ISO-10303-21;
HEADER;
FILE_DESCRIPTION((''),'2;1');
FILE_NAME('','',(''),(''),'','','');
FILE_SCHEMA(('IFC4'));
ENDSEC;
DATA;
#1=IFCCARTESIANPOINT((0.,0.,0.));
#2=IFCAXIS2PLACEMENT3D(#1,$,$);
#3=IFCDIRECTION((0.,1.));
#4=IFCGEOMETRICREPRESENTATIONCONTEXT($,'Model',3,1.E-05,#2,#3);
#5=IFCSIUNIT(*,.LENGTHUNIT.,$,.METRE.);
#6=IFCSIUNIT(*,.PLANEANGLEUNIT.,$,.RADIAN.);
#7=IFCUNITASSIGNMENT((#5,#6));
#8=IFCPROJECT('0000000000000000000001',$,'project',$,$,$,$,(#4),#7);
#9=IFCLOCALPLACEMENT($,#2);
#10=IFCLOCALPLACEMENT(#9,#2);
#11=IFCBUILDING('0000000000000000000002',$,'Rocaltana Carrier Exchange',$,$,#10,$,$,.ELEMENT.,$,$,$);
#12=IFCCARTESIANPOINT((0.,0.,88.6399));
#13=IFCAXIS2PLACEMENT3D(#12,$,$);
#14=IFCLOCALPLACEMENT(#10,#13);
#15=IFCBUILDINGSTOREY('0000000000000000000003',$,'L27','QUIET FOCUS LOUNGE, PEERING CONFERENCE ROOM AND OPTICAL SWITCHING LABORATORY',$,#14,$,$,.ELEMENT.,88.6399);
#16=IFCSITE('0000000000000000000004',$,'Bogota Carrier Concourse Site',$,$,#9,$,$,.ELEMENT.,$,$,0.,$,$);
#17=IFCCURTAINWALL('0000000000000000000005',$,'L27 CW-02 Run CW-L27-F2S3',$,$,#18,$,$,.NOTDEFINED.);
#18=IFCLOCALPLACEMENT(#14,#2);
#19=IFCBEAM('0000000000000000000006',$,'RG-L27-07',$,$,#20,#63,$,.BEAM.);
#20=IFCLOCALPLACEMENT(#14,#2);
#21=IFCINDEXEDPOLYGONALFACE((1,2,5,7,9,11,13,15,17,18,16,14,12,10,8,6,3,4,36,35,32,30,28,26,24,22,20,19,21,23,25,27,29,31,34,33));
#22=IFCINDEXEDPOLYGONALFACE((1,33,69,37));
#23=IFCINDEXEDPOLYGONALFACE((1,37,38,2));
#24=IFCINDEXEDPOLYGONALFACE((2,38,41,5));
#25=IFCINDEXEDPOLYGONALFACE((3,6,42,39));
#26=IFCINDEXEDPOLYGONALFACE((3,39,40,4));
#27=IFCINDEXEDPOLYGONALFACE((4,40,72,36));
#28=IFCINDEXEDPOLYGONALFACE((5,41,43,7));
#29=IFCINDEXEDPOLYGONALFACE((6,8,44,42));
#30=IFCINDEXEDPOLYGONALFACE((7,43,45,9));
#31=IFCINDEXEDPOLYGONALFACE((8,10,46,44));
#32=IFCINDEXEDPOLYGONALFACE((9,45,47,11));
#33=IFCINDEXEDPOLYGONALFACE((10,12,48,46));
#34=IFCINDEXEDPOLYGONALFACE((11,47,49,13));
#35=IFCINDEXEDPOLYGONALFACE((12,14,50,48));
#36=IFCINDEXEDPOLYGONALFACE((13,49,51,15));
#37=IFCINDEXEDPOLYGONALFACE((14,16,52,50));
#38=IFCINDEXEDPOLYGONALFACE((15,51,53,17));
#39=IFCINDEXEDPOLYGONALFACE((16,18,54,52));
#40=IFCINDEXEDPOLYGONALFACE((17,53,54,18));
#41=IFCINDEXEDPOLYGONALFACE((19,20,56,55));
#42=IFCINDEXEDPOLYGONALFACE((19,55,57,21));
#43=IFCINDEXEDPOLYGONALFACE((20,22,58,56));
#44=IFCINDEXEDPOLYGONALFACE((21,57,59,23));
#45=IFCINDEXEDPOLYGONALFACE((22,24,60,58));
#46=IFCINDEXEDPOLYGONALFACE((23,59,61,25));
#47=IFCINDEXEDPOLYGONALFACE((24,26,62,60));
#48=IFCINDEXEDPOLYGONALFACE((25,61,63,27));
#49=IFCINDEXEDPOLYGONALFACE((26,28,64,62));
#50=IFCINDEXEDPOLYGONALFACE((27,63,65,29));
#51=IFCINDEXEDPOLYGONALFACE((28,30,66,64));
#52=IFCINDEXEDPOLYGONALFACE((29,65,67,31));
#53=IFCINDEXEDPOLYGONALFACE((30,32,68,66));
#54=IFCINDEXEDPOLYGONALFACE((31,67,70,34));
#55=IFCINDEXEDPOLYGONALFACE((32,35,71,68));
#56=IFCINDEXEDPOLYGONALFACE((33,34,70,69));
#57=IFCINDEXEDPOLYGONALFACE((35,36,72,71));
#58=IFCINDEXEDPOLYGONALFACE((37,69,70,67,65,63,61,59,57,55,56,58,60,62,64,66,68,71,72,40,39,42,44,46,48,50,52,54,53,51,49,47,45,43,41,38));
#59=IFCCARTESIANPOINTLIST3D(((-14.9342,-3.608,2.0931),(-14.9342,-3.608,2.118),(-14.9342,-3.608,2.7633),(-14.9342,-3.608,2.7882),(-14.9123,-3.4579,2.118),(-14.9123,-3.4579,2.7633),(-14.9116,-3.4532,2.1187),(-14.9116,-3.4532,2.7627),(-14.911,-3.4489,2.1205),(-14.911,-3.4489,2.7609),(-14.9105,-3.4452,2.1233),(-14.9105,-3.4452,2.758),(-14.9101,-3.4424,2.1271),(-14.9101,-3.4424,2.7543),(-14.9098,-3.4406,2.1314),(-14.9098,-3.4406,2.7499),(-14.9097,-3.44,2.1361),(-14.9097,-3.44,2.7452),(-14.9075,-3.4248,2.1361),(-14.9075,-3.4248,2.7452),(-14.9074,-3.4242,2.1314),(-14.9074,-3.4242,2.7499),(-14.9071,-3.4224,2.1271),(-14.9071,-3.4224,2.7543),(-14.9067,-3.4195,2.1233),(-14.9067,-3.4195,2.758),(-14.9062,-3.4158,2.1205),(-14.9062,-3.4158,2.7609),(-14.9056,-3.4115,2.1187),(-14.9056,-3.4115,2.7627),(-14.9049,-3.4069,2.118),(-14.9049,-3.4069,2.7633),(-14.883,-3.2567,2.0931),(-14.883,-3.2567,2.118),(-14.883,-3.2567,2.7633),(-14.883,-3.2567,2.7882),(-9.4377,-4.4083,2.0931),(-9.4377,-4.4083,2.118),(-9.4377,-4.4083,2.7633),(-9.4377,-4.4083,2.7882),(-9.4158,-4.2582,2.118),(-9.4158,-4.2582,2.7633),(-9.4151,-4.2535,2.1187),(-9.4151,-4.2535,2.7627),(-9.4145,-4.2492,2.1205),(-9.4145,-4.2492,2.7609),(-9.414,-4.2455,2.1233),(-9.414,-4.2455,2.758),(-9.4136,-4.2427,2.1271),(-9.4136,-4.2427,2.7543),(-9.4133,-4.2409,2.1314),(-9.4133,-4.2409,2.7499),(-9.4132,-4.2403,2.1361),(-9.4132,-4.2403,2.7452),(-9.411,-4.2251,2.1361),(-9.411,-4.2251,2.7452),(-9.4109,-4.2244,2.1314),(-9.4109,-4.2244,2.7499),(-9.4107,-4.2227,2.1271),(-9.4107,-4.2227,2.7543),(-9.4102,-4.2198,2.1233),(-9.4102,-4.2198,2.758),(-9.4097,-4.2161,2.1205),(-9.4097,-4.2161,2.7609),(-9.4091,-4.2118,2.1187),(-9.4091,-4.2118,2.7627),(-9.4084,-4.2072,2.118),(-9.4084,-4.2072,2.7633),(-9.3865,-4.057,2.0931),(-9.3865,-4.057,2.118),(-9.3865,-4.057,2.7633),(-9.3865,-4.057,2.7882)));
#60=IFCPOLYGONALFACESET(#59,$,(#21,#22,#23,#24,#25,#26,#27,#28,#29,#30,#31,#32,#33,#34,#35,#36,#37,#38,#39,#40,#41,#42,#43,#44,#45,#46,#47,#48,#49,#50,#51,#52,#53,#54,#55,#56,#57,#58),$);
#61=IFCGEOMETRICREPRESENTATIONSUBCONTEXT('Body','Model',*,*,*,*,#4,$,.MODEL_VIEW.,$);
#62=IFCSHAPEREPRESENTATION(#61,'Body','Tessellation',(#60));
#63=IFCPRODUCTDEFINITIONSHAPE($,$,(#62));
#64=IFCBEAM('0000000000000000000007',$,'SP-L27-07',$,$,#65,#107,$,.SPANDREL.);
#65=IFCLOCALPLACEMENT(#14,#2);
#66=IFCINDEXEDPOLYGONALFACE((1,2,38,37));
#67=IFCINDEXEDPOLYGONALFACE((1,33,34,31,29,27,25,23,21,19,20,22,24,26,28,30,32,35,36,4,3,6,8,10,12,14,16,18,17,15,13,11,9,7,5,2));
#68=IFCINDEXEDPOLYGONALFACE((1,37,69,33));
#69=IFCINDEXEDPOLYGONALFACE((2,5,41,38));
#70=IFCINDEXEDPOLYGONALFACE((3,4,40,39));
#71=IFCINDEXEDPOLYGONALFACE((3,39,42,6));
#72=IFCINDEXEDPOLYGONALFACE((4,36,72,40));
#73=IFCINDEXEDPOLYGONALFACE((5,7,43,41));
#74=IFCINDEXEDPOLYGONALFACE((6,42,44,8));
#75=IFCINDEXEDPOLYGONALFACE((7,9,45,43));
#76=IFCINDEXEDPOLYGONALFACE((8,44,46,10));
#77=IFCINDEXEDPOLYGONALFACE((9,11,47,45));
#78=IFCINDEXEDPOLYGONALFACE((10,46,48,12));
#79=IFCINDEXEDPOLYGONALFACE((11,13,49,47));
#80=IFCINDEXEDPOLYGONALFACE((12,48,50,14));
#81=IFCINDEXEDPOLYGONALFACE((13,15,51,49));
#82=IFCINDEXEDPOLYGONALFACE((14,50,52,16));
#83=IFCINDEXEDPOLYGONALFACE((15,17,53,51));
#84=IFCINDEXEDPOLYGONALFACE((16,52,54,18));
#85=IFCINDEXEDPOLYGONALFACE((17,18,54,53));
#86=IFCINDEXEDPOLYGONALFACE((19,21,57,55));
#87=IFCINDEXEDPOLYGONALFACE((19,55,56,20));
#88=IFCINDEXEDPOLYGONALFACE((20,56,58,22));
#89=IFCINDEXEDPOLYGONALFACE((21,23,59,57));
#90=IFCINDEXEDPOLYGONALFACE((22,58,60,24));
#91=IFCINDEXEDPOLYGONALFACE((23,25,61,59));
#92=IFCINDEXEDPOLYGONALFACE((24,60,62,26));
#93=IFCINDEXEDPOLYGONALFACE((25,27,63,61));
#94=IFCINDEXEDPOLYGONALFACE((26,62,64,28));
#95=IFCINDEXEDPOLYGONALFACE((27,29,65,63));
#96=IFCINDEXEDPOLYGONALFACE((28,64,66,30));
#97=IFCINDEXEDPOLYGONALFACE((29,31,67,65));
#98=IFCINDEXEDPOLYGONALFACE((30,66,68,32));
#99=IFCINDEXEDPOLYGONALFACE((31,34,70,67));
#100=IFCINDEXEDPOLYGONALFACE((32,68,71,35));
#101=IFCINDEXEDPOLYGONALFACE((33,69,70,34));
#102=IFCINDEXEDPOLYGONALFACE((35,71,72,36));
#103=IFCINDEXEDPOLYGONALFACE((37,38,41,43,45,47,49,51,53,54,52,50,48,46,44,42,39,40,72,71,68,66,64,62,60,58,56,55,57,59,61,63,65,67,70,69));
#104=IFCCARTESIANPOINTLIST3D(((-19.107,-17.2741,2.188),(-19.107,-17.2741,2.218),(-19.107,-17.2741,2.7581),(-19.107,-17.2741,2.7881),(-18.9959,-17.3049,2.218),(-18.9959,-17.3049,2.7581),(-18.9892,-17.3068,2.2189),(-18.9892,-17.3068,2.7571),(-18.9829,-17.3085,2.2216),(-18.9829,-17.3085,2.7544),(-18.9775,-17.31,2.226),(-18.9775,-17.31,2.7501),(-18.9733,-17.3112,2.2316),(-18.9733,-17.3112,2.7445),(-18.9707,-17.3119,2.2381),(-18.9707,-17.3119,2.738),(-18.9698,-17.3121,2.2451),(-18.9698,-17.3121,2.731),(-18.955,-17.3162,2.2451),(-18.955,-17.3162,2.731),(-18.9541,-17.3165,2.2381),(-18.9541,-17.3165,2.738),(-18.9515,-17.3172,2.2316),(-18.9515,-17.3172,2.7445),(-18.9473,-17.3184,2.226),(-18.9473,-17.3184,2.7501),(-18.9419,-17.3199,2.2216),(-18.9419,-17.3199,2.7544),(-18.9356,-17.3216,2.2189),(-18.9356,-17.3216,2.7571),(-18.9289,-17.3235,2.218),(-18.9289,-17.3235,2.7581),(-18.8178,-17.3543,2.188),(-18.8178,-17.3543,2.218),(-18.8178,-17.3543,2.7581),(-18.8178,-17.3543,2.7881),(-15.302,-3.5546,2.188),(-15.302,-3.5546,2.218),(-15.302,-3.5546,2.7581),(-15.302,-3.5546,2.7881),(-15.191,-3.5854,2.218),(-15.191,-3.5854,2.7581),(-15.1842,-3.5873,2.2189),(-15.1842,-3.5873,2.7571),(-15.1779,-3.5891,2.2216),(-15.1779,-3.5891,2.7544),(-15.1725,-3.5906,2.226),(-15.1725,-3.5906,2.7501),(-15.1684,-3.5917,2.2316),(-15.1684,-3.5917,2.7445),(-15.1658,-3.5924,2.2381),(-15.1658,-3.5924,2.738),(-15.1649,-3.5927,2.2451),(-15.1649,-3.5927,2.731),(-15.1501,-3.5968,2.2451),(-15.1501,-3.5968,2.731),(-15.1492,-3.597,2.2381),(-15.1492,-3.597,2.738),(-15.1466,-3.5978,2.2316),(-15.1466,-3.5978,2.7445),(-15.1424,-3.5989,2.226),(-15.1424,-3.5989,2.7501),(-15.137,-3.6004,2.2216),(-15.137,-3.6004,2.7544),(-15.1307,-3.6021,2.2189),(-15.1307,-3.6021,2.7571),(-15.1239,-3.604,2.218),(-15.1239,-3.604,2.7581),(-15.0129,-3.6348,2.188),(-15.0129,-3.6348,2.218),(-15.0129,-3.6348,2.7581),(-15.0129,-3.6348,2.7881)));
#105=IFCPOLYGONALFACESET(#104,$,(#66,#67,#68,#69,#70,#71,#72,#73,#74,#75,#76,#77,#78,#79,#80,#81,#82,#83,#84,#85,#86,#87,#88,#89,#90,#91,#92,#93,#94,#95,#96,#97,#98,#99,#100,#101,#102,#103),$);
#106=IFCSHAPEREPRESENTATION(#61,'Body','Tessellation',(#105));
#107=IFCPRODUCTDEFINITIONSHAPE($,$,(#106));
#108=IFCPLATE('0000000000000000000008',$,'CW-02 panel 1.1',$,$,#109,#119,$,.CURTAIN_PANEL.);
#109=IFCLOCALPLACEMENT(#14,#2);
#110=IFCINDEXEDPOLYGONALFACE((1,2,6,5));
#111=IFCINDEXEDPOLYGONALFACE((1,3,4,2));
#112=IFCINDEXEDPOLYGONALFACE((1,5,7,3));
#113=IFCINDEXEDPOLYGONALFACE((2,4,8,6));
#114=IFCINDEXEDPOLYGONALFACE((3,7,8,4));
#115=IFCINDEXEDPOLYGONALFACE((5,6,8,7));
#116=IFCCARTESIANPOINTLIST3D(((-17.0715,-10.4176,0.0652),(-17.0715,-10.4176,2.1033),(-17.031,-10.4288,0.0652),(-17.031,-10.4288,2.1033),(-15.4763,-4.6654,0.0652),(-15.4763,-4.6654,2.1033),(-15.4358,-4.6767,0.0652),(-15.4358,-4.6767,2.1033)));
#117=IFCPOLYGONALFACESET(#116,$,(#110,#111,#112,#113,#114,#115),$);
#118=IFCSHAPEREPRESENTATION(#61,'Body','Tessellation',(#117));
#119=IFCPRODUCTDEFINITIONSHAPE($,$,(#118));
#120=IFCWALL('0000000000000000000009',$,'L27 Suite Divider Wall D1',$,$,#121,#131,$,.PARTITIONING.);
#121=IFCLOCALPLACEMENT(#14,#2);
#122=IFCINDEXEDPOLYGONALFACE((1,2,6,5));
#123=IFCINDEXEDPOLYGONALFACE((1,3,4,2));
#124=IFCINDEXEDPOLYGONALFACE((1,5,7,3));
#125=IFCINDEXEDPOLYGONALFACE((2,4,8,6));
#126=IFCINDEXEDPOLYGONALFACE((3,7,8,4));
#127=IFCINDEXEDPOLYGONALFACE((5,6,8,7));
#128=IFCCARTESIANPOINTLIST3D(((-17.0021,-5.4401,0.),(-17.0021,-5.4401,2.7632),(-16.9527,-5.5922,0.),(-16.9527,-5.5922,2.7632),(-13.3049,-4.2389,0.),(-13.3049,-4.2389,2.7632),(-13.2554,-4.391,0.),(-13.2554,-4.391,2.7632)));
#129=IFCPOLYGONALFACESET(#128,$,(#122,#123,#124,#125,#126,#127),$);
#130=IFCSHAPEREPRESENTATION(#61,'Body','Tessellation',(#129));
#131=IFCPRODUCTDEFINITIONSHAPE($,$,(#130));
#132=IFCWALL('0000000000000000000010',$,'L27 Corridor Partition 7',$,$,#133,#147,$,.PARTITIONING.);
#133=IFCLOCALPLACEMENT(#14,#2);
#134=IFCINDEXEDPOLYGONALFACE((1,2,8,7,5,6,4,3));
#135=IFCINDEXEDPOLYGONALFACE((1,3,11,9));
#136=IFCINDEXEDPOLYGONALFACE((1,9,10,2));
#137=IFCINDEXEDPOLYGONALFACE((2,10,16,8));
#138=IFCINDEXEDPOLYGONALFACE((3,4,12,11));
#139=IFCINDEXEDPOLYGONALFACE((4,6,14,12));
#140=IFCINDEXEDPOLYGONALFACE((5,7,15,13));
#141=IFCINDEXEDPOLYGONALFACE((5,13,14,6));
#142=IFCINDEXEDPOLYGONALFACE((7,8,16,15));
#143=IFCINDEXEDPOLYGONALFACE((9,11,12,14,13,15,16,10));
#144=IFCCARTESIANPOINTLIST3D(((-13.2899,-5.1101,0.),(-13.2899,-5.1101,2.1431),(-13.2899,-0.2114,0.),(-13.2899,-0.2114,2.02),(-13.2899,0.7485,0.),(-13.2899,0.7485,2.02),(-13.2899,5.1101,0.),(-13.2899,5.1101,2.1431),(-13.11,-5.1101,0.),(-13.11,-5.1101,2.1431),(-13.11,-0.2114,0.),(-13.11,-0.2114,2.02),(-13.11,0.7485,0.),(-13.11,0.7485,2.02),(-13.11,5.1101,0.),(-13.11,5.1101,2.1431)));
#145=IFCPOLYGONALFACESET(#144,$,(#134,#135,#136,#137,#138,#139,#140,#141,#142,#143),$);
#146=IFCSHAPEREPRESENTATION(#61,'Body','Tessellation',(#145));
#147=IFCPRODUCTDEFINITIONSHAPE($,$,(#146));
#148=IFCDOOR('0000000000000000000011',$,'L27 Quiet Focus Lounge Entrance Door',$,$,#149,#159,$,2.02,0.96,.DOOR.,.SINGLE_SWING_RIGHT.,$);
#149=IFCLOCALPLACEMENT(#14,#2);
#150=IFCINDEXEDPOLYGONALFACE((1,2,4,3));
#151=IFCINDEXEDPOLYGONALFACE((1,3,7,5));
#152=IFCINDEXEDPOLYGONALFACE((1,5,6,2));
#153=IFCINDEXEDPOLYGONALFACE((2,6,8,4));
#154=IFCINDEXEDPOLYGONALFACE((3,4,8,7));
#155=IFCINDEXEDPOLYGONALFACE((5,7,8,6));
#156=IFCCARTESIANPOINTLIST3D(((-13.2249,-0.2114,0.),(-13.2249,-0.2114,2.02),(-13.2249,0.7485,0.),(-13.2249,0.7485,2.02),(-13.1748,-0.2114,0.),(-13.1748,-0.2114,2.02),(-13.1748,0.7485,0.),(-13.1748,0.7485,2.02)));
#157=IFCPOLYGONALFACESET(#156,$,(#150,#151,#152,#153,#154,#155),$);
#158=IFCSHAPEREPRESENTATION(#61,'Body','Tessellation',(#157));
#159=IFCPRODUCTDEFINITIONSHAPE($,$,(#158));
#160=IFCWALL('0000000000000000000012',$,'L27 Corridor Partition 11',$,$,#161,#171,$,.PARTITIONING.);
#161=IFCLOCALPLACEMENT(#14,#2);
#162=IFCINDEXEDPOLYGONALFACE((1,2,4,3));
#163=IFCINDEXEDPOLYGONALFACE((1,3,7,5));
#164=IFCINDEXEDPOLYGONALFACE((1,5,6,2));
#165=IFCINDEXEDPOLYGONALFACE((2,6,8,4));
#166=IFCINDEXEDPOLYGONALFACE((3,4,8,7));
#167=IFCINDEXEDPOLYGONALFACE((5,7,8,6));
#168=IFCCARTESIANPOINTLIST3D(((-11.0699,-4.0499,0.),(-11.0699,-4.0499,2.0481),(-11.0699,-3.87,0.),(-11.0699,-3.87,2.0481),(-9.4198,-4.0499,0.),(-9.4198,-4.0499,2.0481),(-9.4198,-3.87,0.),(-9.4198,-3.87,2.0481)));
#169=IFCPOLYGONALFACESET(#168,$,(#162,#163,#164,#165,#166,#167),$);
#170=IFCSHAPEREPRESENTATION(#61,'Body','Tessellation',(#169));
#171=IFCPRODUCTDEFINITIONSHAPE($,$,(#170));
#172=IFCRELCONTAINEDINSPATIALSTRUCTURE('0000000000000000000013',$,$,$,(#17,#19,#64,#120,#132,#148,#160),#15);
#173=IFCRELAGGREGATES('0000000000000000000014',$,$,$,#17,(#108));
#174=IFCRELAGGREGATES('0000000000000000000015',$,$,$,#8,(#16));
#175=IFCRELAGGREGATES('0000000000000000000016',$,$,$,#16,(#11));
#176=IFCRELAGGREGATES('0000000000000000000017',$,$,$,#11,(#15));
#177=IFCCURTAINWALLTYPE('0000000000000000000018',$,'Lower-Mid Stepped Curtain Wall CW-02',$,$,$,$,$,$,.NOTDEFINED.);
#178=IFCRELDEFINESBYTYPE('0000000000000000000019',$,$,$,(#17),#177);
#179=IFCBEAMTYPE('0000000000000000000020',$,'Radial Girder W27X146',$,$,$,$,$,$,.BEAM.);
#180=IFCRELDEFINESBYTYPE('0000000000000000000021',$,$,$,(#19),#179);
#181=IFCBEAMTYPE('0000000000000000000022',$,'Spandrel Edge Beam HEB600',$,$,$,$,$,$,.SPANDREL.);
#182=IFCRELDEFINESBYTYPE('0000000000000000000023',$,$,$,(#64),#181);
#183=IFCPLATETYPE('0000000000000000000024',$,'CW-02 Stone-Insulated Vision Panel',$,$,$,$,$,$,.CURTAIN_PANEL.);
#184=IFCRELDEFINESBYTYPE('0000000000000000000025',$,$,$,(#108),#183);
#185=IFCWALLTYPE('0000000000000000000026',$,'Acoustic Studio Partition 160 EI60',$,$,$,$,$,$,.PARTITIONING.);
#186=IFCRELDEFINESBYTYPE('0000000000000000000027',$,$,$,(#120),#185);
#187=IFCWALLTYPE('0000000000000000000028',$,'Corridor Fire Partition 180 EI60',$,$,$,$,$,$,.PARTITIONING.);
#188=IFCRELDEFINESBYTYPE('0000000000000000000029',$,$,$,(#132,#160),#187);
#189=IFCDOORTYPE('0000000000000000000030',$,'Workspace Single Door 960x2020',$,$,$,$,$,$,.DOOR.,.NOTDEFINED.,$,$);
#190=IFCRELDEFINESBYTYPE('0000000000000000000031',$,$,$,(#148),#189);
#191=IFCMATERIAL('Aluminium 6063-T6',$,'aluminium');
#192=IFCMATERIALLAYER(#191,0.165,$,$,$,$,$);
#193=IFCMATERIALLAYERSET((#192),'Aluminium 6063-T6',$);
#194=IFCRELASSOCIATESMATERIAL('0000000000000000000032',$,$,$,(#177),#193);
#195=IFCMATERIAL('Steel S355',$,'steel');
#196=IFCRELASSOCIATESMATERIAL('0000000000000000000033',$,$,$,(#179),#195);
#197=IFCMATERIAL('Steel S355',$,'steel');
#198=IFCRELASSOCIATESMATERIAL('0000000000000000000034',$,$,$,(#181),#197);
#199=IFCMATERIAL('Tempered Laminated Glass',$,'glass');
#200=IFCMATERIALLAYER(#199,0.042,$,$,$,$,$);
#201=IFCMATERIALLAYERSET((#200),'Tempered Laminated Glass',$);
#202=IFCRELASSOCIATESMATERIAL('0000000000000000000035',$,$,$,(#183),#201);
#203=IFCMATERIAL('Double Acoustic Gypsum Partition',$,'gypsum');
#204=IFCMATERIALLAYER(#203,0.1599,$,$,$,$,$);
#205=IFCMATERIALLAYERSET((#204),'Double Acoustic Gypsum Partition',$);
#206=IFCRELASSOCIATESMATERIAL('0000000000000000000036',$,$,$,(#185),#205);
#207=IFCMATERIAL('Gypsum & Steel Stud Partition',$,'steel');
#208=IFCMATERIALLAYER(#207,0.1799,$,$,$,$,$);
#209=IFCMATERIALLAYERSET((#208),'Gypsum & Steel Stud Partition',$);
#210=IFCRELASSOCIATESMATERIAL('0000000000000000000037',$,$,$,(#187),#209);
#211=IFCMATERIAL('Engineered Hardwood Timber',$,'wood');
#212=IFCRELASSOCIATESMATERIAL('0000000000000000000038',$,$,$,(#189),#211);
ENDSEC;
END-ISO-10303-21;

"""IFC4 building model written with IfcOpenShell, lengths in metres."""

from ifc_helpers import new_model, si_unit, direction, frame, frame_2d, origin, origin_2d, place, context, subcontext, project, spatial, rectangle, i_section, extrude, material, layer, layer_set, material_profile, profile_set, type_object, element, fill, aggregate, save


model = new_model("IFC4")

# Units and contexts
model_context = context("Model", 3, precision=1e-05, world=origin(), true_north=direction((0.0, 1.0)))
body_context = subcontext(model_context, "Body", "Model", "MODEL_VIEW")
ifc_project = project(units=[si_unit("LENGTHUNIT", "METRE"), si_unit("PLANEANGLEUNIT", "RADIAN")], contexts=[model_context])

# Site, building, storey
site_placement = place(None, origin())
site = spatial("IfcSite", under=ifc_project, at=site_placement, Name="Bogota Carrier Concourse Site", CompositionType="ELEMENT", RefElevation=0.0)
building_placement = place(site_placement, origin())
building = spatial("IfcBuilding", under=site, at=building_placement, Name="Rocaltana Carrier Exchange", CompositionType="ELEMENT")
storey_placement = place(building_placement, frame((0.0, 0.0, 88.6399)))
storey = spatial("IfcBuildingStorey", under=building, at=storey_placement, Name="L27", Description="QUIET FOCUS LOUNGE, PEERING CONFERENCE ROOM AND OPTICAL SWITCHING LABORATORY", CompositionType="ELEMENT", Elevation=88.6399)

# Shared definitions
ifc_material_1 = material(Name="Aluminium 6063-T6", Category="aluminium")
ifc_layer_1 = layer(ifc_material_1, 0.165)
ifc_layer_set_1 = layer_set([ifc_layer_1], Name="Aluminium 6063-T6")
curtain_wall_type = type_object("IfcCurtainWallType", Name="Lower-Mid Stepped Curtain Wall CW-02", PredefinedType="NOTDEFINED", material=ifc_layer_set_1)

# Curtain wall
curtain_wall_1_placement = place(storey_placement, origin())
curtain_wall_1 = element("IfcCurtainWall", 1, at=curtain_wall_1_placement, inside=storey, type_object=curtain_wall_type, Name="L27 CW-02 Run CW-L27-F2S3", PredefinedType="NOTDEFINED")

# Beams
ifc_material_2 = material(Name="Steel S355", Category="steel")
ifc_material_profile_1 = material_profile(ifc_material_2, i_section(OverallWidth=0.355, OverallDepth=0.6951, WebThickness=0.0154, FlangeThickness=0.0249, FilletRadius=0.0181, at=origin_2d()), Name="W27X146")
ifc_profile_set_1 = profile_set([ifc_material_profile_1], Name="Steel S355")
beam_type_1 = type_object("IfcBeamType", Name="Radial Girder W27X146", PredefinedType="BEAM", material=ifc_profile_set_1)
beam_1_placement = place(storey_placement, frame((-9.4121, -4.2327, 2.4407), z_axis=(-0.989566, 0.144079, 0.0), x_axis=(-0.144079, -0.989566, 0.0)))
element("IfcBeam", 2, at=beam_1_placement, inside=storey, type_object=beam_type_1, Name="RG-L27-07", PredefinedType="BEAM", context=body_context, shape_type="SweptSolid", body=[
    extrude(i_section(OverallWidth=0.355, OverallDepth=0.6951, WebThickness=0.0154, FlangeThickness=0.0249, FilletRadius=0.0181, at=origin_2d()), origin(), (0.0, 0.0, 1.0), 5.5544),
])
ifc_material_3 = material(Name="Steel S355", Category="steel")
ifc_material_profile_2 = material_profile(ifc_material_3, i_section(OverallWidth=0.3, OverallDepth=0.6001, WebThickness=0.0154, FlangeThickness=0.03, FilletRadius=0.0271, at=origin_2d()), Name="HEB600")
ifc_profile_set_2 = profile_set([ifc_material_profile_2], Name="Steel S355")
beam_type_2 = type_object("IfcBeamType", Name="Spandrel Edge Beam HEB600", PredefinedType="SPANDREL", material=ifc_profile_set_2)
beam_2_placement = place(storey_placement, frame((-15.1575, -3.5947, 2.488), z_axis=(-0.26725, -0.963627, 0.0), x_axis=(0.963627, -0.26725, 0.0)))
element("IfcBeam", 3, at=beam_2_placement, inside=storey, type_object=beam_type_2, Name="SP-L27-07", PredefinedType="SPANDREL", context=body_context, shape_type="SweptSolid", body=[
    extrude(i_section(OverallWidth=0.3, OverallDepth=0.6001, WebThickness=0.0154, FlangeThickness=0.03, FilletRadius=0.0271, at=origin_2d()), origin(), (0.0, 0.0, 1.0), 14.2373),
])

# Plate
ifc_material_4 = material(Name="Tempered Laminated Glass", Category="glass")
ifc_layer_2 = layer(ifc_material_4, 0.042)
ifc_layer_set_2 = layer_set([ifc_layer_2], Name="Tempered Laminated Glass")
plate_type = type_object("IfcPlateType", Name="CW-02 Stone-Insulated Vision Panel", PredefinedType="CURTAIN_PANEL", material=ifc_layer_set_2)
plate_placement = place(storey_placement, frame((-16.2537, -7.5471, 0.0652), z_axis=(0.0, 0.0, 1.0), x_axis=(-0.267243, -0.963629, 0.0)))
plate = element("IfcPlate", 4, at=plate_placement, type_object=plate_type, Name="CW-02 panel 1.1", PredefinedType="CURTAIN_PANEL", context=body_context, shape_type="SweptSolid", body=[
    extrude(rectangle(XDim=5.9692, YDim=0.042, at=origin_2d()), origin(), (0.0, 0.0, 1.0), 2.0381),
])
aggregate(curtain_wall_1, [plate])

# Wall
ifc_material_5 = material(Name="Double Acoustic Gypsum Partition", Category="gypsum")
ifc_layer_3 = layer(ifc_material_5, 0.1599)
ifc_layer_set_3 = layer_set([ifc_layer_3], Name="Double Acoustic Gypsum Partition")
wall_type_1 = type_object("IfcWallType", Name="Acoustic Studio Partition 160 EI60", PredefinedType="PARTITIONING", material=ifc_layer_set_3)
wall_1_placement = place(storey_placement, frame((-13.28, -4.3149, 0.0), z_axis=(0.0, 0.0, 1.0), x_axis=(-0.951067, -0.308984, 0.0)))
element("IfcWall", 5, at=wall_1_placement, inside=storey, type_object=wall_type_1, Name="L27 Suite Divider Wall D1", PredefinedType="PARTITIONING", context=body_context, shape_type="SweptSolid", body=[
    extrude(rectangle(XDim=3.8875, YDim=0.1599, at=frame_2d((1.9438, 0.0))), origin(), (0.0, 0.0, 1.0), 2.7632),
])

# Wall, opening, door
ifc_material_6 = material(Name="Gypsum & Steel Stud Partition", Category="steel")
ifc_layer_4 = layer(ifc_material_6, 0.1799)
ifc_layer_set_4 = layer_set([ifc_layer_4], Name="Gypsum & Steel Stud Partition")
wall_type_2 = type_object("IfcWallType", Name="Corridor Fire Partition 180 EI60", PredefinedType="PARTITIONING", material=ifc_layer_set_4)
wall_2_placement = place(storey_placement, frame((-13.2, -5.1101, 0.0), z_axis=(0.0, 0.0, 1.0), x_axis=(0.0, 1.0, 0.0)))
wall_2 = element("IfcWall", 6, at=wall_2_placement, inside=storey, type_object=wall_type_2, Name="L27 Corridor Partition 7", PredefinedType="PARTITIONING", context=body_context, shape_type="SweptSolid", body=[
    extrude(rectangle(XDim=10.2202, YDim=0.1799, at=frame_2d((5.1101, 0.0))), origin(), (0.0, 0.0, 1.0), 2.1431),
])
opening_placement = place(wall_2_placement, frame((4.8987, 0.0, 0.0)))
opening = element("IfcOpeningElement", 7, at=opening_placement, cuts=wall_2, PredefinedType="OPENING", context=body_context, shape_type="SweptSolid", body=[
    extrude(rectangle(XDim=0.96, YDim=2.02, at=frame_2d((0.48, 1.01))), frame((0.0, 0.0999, 0.0), z_axis=(0.0, -1.0, 0.0), x_axis=(1.0, 0.0, 0.0)), (0.0, 0.0, 1.0), 0.2),
])
ifc_material_7 = material(Name="Engineered Hardwood Timber", Category="wood")
door_type = type_object("IfcDoorType", Name="Workspace Single Door 960x2020", OperationType="NOTDEFINED", PredefinedType="DOOR", material=ifc_material_7)
door_placement = place(opening_placement, origin())
door = element("IfcDoor", 8, at=door_placement, inside=storey, type_object=door_type, Name="L27 Quiet Focus Lounge Entrance Door", OperationType="SINGLE_SWING_RIGHT", OverallHeight=2.02, OverallWidth=0.96, PredefinedType="DOOR", context=body_context, shape_type="SweptSolid", body=[
    extrude(rectangle(XDim=0.96, YDim=2.02, at=frame_2d((0.48, 1.01))), frame((0.0, 0.0249, 0.0), z_axis=(0.0, -1.0, 0.0), x_axis=(1.0, 0.0, 0.0)), (0.0, 0.0, 1.0), 0.05),
])
fill(opening, door)

# Wall
wall_3_placement = place(storey_placement, frame((-11.0701, -3.96, 0.0), z_axis=(0.0, 0.0, 1.0), x_axis=(1.0, 0.0, 0.0)))
element("IfcWall", 9, at=wall_3_placement, inside=storey, type_object=wall_type_2, Name="L27 Corridor Partition 11", PredefinedType="PARTITIONING", context=body_context, shape_type="SweptSolid", body=[
    extrude(rectangle(XDim=1.6501, YDim=0.1799, at=frame_2d((0.8252, 0.0))), origin(), (0.0, 0.0, 1.0), 2.0481),
])

save(model, "model.ifc")
